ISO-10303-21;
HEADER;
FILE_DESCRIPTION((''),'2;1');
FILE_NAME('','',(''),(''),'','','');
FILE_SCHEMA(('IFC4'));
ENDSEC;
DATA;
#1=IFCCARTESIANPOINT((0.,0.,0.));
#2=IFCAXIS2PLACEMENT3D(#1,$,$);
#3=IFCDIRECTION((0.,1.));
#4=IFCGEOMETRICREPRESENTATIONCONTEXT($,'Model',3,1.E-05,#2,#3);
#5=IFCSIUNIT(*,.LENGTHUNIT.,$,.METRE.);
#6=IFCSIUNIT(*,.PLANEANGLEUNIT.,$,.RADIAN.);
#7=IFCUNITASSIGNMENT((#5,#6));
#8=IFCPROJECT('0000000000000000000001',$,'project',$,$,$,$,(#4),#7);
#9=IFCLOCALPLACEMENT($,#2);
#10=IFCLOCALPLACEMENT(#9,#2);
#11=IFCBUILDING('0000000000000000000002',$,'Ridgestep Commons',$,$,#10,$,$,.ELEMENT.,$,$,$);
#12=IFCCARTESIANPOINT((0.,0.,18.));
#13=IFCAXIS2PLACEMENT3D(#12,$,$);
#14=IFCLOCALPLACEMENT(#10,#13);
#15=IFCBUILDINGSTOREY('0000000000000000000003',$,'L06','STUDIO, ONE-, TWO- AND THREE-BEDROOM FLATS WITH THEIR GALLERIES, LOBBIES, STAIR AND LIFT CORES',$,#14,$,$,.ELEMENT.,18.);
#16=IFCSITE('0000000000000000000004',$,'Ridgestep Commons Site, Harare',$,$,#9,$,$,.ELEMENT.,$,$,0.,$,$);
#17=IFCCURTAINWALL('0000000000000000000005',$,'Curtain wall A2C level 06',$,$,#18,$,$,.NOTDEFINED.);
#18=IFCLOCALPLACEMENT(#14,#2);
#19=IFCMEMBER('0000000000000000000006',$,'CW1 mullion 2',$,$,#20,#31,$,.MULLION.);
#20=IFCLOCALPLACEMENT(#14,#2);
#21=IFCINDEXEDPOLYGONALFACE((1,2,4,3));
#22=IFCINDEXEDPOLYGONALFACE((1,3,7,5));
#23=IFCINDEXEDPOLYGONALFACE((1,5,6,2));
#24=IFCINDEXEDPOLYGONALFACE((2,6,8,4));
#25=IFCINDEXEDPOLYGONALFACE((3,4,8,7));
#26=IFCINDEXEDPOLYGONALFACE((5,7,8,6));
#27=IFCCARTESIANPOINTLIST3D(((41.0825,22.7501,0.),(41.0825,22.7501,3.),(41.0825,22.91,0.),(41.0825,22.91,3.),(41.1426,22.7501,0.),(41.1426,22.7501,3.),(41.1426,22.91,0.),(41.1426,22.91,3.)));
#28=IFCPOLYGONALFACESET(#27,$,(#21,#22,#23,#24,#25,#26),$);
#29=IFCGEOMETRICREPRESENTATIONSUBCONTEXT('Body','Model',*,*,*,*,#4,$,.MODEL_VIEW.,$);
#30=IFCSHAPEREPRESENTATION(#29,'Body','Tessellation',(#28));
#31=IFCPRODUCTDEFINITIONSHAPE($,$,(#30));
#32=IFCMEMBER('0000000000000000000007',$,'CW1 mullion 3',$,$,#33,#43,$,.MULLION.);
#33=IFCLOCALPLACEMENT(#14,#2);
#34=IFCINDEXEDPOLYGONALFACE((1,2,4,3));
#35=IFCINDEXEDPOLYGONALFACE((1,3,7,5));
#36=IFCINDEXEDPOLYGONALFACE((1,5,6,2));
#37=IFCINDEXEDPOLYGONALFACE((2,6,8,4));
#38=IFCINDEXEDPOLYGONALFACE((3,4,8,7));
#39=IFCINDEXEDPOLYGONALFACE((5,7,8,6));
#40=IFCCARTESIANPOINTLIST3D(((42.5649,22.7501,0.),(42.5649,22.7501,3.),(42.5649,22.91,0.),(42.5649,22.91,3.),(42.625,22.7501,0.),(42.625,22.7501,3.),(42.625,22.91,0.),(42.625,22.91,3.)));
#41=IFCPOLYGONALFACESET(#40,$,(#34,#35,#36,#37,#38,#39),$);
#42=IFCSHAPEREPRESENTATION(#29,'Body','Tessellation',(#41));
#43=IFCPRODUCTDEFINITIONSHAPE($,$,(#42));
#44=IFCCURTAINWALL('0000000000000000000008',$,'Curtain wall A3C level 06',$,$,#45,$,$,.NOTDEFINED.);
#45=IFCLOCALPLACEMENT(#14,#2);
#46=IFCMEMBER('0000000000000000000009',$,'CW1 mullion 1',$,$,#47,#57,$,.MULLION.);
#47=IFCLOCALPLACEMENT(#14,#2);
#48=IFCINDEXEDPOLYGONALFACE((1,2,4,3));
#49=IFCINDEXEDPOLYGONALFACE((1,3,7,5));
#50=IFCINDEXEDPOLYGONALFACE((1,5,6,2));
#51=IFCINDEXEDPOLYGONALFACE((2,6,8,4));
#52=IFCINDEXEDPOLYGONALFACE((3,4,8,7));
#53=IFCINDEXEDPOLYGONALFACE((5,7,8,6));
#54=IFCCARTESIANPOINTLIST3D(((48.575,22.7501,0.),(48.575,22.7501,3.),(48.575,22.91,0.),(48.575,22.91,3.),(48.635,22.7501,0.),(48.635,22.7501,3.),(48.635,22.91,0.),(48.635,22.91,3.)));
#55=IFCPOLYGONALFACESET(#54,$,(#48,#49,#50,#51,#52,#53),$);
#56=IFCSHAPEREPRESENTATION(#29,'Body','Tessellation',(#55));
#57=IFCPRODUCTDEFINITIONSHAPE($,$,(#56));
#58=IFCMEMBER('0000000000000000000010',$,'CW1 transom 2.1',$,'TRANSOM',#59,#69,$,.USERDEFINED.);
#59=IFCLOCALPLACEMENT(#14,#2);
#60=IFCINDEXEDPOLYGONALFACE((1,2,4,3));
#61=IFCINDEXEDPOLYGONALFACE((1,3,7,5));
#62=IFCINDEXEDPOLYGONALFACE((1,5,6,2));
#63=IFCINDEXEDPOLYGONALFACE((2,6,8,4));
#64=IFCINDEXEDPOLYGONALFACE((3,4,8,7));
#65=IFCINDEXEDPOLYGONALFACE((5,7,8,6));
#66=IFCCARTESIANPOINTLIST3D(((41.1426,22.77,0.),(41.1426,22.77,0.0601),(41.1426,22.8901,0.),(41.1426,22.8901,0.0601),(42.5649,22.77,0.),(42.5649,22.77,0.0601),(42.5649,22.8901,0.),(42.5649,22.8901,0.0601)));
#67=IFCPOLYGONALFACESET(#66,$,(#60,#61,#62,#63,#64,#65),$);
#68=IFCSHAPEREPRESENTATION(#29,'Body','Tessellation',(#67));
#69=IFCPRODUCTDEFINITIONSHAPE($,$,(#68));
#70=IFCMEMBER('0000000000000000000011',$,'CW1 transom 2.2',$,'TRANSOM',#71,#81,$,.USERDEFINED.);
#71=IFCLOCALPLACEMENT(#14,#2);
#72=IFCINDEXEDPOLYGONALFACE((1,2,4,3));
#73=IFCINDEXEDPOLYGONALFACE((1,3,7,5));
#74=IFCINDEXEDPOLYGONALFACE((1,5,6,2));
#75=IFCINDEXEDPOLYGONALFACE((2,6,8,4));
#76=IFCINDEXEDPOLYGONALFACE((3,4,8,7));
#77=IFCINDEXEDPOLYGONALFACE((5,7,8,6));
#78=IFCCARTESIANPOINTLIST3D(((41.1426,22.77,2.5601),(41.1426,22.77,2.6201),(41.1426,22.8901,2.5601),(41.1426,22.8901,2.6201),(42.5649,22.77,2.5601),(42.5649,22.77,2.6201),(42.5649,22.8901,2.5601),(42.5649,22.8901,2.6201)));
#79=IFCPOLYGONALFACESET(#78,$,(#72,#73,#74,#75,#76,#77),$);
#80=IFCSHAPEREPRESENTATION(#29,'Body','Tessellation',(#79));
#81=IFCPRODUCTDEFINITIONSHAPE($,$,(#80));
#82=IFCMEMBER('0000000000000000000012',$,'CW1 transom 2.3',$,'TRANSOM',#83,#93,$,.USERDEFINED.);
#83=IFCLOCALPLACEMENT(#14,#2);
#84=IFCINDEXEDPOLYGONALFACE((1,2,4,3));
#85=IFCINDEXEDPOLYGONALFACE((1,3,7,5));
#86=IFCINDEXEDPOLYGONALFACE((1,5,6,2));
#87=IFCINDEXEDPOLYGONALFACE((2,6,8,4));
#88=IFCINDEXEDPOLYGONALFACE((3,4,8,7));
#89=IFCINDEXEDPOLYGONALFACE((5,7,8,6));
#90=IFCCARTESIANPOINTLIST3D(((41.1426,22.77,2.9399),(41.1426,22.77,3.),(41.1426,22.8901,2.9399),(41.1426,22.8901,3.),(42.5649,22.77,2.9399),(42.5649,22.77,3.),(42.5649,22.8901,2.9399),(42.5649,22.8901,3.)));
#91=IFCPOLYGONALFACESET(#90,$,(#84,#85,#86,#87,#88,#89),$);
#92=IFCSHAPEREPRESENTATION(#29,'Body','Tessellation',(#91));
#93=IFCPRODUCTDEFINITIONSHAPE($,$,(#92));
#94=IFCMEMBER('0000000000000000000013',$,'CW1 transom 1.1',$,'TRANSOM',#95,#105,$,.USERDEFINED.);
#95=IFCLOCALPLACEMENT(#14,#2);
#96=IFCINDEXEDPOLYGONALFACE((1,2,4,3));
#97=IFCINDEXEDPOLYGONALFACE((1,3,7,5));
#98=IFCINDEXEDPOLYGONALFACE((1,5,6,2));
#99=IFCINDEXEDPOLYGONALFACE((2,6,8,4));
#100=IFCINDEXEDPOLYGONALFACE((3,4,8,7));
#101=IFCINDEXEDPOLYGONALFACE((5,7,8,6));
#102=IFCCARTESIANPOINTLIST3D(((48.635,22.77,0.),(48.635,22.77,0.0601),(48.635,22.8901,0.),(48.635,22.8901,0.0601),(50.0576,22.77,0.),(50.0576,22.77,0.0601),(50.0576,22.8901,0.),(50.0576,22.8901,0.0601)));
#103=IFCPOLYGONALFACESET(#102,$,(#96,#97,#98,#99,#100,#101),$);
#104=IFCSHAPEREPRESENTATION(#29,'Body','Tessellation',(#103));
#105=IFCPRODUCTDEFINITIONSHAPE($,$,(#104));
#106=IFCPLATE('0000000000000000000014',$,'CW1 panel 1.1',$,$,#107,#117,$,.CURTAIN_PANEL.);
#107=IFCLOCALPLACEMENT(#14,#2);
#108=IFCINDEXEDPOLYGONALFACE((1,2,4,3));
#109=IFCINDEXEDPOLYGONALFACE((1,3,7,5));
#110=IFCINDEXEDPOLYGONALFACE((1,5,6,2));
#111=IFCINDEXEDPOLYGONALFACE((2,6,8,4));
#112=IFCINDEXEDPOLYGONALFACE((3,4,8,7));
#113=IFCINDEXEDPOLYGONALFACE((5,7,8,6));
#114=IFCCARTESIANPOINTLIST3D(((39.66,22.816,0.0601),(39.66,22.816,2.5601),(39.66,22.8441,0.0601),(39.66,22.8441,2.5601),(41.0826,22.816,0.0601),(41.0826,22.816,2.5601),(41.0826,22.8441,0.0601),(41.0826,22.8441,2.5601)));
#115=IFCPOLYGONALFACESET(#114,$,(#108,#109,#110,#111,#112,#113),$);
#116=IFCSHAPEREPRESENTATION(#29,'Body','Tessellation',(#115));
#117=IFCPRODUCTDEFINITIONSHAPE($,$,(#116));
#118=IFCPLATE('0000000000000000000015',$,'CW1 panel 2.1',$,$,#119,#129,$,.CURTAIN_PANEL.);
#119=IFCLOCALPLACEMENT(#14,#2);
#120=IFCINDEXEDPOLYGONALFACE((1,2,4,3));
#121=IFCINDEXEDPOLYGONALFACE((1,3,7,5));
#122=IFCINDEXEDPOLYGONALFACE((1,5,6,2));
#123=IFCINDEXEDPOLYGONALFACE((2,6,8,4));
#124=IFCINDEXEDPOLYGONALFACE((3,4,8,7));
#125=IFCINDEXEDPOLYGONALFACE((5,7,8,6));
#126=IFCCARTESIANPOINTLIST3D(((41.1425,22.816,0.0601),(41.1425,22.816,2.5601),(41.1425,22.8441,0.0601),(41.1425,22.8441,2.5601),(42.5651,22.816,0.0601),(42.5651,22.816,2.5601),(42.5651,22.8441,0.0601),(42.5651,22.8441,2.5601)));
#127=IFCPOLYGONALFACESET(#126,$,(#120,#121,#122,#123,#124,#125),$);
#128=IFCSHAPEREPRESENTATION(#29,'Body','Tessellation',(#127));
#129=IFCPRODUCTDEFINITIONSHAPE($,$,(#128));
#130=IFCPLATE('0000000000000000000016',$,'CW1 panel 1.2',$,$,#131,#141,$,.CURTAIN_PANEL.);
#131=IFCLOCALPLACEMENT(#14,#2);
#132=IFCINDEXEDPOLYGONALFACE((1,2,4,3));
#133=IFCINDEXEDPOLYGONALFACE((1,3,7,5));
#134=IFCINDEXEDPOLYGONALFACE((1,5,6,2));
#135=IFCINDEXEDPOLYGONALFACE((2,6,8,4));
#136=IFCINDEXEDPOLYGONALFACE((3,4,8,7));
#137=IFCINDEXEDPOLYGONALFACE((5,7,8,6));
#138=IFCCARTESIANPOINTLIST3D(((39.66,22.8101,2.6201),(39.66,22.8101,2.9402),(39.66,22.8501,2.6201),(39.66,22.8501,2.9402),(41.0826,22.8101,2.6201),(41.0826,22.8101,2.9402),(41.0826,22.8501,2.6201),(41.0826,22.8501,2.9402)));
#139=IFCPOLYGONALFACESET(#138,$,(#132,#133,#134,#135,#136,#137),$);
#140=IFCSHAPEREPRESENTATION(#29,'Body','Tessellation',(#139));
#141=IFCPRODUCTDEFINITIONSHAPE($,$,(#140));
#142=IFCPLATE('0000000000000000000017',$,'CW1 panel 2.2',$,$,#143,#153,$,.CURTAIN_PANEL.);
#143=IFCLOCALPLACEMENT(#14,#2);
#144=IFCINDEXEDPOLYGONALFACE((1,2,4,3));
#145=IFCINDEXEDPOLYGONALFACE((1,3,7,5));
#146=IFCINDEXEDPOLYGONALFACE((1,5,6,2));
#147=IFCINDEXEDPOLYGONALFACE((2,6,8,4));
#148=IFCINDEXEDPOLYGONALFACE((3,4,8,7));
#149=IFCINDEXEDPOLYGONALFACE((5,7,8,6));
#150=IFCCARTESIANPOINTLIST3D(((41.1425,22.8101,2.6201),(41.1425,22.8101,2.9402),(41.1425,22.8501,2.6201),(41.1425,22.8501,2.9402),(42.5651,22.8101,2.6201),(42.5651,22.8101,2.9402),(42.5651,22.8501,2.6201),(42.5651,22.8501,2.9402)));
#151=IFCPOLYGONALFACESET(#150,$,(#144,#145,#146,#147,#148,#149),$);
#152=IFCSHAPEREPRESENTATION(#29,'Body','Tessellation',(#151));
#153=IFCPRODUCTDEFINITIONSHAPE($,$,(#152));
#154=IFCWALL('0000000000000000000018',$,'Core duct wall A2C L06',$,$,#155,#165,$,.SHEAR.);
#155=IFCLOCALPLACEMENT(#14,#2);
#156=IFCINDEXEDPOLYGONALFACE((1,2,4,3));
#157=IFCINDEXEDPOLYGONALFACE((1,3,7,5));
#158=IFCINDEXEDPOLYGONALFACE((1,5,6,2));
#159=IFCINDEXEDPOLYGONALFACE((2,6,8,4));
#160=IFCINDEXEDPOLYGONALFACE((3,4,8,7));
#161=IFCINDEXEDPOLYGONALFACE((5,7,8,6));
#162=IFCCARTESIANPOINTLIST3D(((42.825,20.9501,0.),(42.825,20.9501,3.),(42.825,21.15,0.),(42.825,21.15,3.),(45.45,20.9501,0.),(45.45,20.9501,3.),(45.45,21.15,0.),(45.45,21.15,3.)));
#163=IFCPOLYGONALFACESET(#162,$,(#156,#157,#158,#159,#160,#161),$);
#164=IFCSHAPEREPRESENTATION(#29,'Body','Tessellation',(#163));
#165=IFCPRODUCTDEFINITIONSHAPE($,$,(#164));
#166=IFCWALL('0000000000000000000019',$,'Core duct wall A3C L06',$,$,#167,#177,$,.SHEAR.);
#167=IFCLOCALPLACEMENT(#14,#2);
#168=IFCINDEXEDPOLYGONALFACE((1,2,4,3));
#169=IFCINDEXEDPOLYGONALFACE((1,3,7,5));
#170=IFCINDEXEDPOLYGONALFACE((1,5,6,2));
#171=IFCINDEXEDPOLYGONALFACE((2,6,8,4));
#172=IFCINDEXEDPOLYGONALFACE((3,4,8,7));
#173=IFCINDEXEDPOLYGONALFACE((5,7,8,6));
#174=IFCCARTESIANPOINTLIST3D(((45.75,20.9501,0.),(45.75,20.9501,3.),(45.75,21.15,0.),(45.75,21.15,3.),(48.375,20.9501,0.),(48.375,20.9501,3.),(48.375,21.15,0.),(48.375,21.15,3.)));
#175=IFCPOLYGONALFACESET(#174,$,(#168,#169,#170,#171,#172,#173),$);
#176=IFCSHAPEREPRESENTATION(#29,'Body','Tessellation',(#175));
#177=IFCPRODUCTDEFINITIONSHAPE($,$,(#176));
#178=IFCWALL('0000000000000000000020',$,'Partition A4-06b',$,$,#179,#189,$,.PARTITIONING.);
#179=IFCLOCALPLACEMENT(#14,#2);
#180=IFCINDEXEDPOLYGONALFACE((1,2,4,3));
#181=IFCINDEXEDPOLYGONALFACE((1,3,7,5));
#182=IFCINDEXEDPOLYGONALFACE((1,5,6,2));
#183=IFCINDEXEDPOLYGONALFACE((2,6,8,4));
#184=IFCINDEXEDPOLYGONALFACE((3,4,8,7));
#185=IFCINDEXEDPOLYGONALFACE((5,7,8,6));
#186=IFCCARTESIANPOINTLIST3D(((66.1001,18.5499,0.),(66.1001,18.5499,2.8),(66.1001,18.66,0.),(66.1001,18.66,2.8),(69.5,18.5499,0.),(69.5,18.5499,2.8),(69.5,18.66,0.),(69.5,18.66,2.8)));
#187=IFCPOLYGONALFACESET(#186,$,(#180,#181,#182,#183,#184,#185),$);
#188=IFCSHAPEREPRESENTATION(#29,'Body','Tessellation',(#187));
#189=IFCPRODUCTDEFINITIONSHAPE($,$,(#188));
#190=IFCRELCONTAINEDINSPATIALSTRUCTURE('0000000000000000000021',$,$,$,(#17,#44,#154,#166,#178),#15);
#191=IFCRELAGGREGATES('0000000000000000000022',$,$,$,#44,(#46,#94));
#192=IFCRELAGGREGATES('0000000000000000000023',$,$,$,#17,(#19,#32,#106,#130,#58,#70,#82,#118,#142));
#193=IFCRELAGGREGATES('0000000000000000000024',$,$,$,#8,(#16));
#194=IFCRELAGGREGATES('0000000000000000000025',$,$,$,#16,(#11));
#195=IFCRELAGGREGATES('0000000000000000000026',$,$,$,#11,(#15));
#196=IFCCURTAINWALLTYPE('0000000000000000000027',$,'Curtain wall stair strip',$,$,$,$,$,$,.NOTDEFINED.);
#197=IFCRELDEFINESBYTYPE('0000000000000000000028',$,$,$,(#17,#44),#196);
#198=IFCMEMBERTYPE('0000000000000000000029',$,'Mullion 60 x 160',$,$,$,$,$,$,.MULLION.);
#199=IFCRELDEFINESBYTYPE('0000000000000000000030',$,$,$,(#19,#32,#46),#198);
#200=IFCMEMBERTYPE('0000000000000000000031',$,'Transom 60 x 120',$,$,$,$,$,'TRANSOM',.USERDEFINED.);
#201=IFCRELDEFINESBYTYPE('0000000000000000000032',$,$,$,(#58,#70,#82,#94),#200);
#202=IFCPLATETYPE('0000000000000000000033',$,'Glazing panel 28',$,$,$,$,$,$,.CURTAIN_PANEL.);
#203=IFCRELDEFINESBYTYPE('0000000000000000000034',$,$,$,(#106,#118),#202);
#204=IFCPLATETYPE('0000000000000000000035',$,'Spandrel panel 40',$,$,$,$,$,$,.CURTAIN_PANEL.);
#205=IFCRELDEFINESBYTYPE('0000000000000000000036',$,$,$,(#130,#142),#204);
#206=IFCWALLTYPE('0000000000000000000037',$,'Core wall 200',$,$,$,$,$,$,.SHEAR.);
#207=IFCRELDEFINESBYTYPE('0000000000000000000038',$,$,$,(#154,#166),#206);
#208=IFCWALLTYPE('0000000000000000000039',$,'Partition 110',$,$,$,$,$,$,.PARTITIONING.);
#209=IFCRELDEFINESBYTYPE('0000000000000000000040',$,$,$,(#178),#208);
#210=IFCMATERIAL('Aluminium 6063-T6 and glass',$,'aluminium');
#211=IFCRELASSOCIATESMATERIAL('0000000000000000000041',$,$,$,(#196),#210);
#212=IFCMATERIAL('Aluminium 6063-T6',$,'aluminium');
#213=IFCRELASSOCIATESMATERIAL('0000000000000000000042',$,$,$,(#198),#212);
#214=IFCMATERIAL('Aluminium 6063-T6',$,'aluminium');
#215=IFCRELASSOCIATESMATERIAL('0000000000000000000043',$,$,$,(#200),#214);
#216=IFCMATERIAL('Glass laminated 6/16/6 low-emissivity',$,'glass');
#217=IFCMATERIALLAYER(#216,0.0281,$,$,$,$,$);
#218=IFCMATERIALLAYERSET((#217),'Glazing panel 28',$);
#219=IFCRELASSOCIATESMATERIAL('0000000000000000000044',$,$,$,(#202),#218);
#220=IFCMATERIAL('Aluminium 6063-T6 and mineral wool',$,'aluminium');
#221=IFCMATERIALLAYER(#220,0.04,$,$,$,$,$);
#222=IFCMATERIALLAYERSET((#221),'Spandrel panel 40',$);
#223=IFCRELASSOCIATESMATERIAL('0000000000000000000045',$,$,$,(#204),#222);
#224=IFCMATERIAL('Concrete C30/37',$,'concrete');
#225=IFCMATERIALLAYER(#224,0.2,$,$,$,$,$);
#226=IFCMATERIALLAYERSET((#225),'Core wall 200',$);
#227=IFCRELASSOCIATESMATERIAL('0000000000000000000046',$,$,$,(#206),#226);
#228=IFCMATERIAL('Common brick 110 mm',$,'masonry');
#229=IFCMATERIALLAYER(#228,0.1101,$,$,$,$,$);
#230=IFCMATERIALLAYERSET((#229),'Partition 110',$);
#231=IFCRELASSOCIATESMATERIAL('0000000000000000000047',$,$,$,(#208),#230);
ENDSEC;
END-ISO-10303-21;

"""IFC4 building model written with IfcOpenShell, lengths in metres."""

from ifc_helpers import new_model, si_unit, direction, frame, frame_2d, origin, origin_2d, place, context, subcontext, project, spatial, rectangle, extrude, material, layer, layer_set, material_profile, profile_set, type_object, element, aggregate, save


model = new_model("IFC4")

# Units and contexts
model_context = context("Model", 3, precision=1e-05, world=origin(), true_north=direction((0.0, 1.0)))
body_context = subcontext(model_context, "Body", "Model", "MODEL_VIEW")
ifc_project = project(units=[si_unit("LENGTHUNIT", "METRE"), si_unit("PLANEANGLEUNIT", "RADIAN")], contexts=[model_context])

# Site, building, storey
site_placement = place(None, origin())
site = spatial("IfcSite", under=ifc_project, at=site_placement, Name="Ridgestep Commons Site, Harare", CompositionType="ELEMENT", RefElevation=0.0)
building_placement = place(site_placement, origin())
building = spatial("IfcBuilding", under=site, at=building_placement, Name="Ridgestep Commons", CompositionType="ELEMENT")
storey_placement = place(building_placement, frame((0.0, 0.0, 18.0)))
storey = spatial("IfcBuildingStorey", under=building, at=storey_placement, Name="L06", Description="STUDIO, ONE-, TWO- AND THREE-BEDROOM FLATS WITH THEIR GALLERIES, LOBBIES, STAIR AND LIFT CORES", CompositionType="ELEMENT", Elevation=18.0)

# Curtain wall, members
ifc_material_1 = material(Name="Aluminium 6063-T6 and glass", Category="aluminium")
curtain_wall_type = type_object("IfcCurtainWallType", Name="Curtain wall stair strip", PredefinedType="NOTDEFINED", material=ifc_material_1)
curtain_wall_1_placement = place(storey_placement, origin())
curtain_wall_1 = element("IfcCurtainWall", 1, at=curtain_wall_1_placement, inside=storey, type_object=curtain_wall_type, Name="Curtain wall A2C level 06", PredefinedType="NOTDEFINED")
ifc_material_2 = material(Name="Aluminium 6063-T6", Category="aluminium")
ifc_material_profile_1 = material_profile(ifc_material_2, rectangle(XDim=0.1599, YDim=0.0601, at=origin_2d()), Name="Mullion 60 x 160")
ifc_profile_set_1 = profile_set([ifc_material_profile_1], Name="Aluminium 6063-T6")
member_type_1 = type_object("IfcMemberType", Name="Mullion 60 x 160", PredefinedType="MULLION", material=ifc_profile_set_1)
member_1_placement = place(storey_placement, frame((41.1125, 22.8301, 0.0), z_axis=(0.0, 0.0, 1.0), x_axis=(0.0, 1.0, 0.0)))
member_1 = element("IfcMember", 2, at=member_1_placement, type_object=member_type_1, Name="CW1 mullion 2", PredefinedType="MULLION", context=body_context, shape_type="SweptSolid", body=[
    extrude(rectangle(XDim=0.1599, YDim=0.0601, at=origin_2d()), origin(), (0.0, 0.0, 1.0), 3.0),
])
member_2_placement = place(storey_placement, frame((42.595, 22.8301, 0.0), z_axis=(0.0, 0.0, 1.0), x_axis=(0.0, 1.0, 0.0)))
member_2 = element("IfcMember", 3, at=member_2_placement, type_object=member_type_1, Name="CW1 mullion 3", PredefinedType="MULLION", context=body_context, shape_type="SweptSolid", body=[
    extrude(rectangle(XDim=0.1599, YDim=0.0601, at=origin_2d()), origin(), (0.0, 0.0, 1.0), 3.0),
])

# Curtain wall, member
curtain_wall_2_placement = place(storey_placement, origin())
curtain_wall_2 = element("IfcCurtainWall", 4, at=curtain_wall_2_placement, inside=storey, type_object=curtain_wall_type, Name="Curtain wall A3C level 06", PredefinedType="NOTDEFINED")
member_3_placement = place(storey_placement, frame((48.605, 22.8301, 0.0), z_axis=(0.0, 0.0, 1.0), x_axis=(0.0, 1.0, 0.0)))
member_3 = element("IfcMember", 5, at=member_3_placement, type_object=member_type_1, Name="CW1 mullion 1", PredefinedType="MULLION", context=body_context, shape_type="SweptSolid", body=[
    extrude(rectangle(XDim=0.1599, YDim=0.0601, at=origin_2d()), origin(), (0.0, 0.0, 1.0), 3.0),
])

# Members
ifc_material_3 = material(Name="Aluminium 6063-T6", Category="aluminium")
ifc_material_profile_2 = material_profile(ifc_material_3, rectangle(XDim=0.1201, YDim=0.0601, at=origin_2d()), Name="Transom 60 x 120")
ifc_profile_set_2 = profile_set([ifc_material_profile_2], Name="Aluminium 6063-T6")
member_type_2 = type_object("IfcMemberType", Name="Transom 60 x 120", ElementType="TRANSOM", PredefinedType="USERDEFINED", material=ifc_profile_set_2)
member_4_placement = place(storey_placement, frame((41.1426, 22.8301, 0.03), z_axis=(1.0, 0.0, 0.0), x_axis=(0.0, 1.0, 0.0)))
member_4 = element("IfcMember", 6, at=member_4_placement, type_object=member_type_2, Name="CW1 transom 2.1", ObjectType="TRANSOM", PredefinedType="USERDEFINED", context=body_context, shape_type="SweptSolid", body=[
    extrude(rectangle(XDim=0.1201, YDim=0.0601, at=origin_2d()), origin(), (0.0, 0.0, 1.0), 1.4224),
])
member_5_placement = place(storey_placement, frame((41.1426, 22.8301, 2.5901), z_axis=(1.0, 0.0, 0.0), x_axis=(0.0, 1.0, 0.0)))
member_5 = element("IfcMember", 7, at=member_5_placement, type_object=member_type_2, Name="CW1 transom 2.2", ObjectType="TRANSOM", PredefinedType="USERDEFINED", context=body_context, shape_type="SweptSolid", body=[
    extrude(rectangle(XDim=0.1201, YDim=0.0601, at=origin_2d()), origin(), (0.0, 0.0, 1.0), 1.4224),
])
member_6_placement = place(storey_placement, frame((41.1426, 22.8301, 2.97), z_axis=(1.0, 0.0, 0.0), x_axis=(0.0, 1.0, 0.0)))
member_6 = element("IfcMember", 8, at=member_6_placement, type_object=member_type_2, Name="CW1 transom 2.3", ObjectType="TRANSOM", PredefinedType="USERDEFINED", context=body_context, shape_type="SweptSolid", body=[
    extrude(rectangle(XDim=0.1201, YDim=0.0601, at=origin_2d()), origin(), (0.0, 0.0, 1.0), 1.4224),
])
member_7_placement = place(storey_placement, frame((48.635, 22.8301, 0.03), z_axis=(1.0, 0.0, 0.0), x_axis=(0.0, 1.0, 0.0)))
member_7 = element("IfcMember", 9, at=member_7_placement, type_object=member_type_2, Name="CW1 transom 1.1", ObjectType="TRANSOM", PredefinedType="USERDEFINED", context=body_context, shape_type="SweptSolid", body=[
    extrude(rectangle(XDim=0.1201, YDim=0.0601, at=origin_2d()), origin(), (0.0, 0.0, 1.0), 1.4226),
])
aggregate(curtain_wall_2, [member_3, member_7])

# Plates
ifc_material_4 = material(Name="Glass laminated 6/16/6 low-emissivity", Category="glass")
ifc_layer_1 = layer(ifc_material_4, 0.0281)
ifc_layer_set_1 = layer_set([ifc_layer_1], Name="Glazing panel 28")
plate_type_1 = type_object("IfcPlateType", Name="Glazing panel 28", PredefinedType="CURTAIN_PANEL", material=ifc_layer_set_1)
plate_1_placement = place(storey_placement, frame((40.3713, 22.8301, 0.0601), z_axis=(0.0, 0.0, 1.0), x_axis=(1.0, 0.0, 0.0)))
plate_1 = element("IfcPlate", 10, at=plate_1_placement, type_object=plate_type_1, Name="CW1 panel 1.1", PredefinedType="CURTAIN_PANEL", context=body_context, shape_type="SweptSolid", body=[
    extrude(rectangle(XDim=1.4226, YDim=0.0281, at=origin_2d()), origin(), (0.0, 0.0, 1.0), 2.5),
])
plate_2_placement = place(storey_placement, frame((41.8538, 22.8301, 0.0601), z_axis=(0.0, 0.0, 1.0), x_axis=(1.0, 0.0, 0.0)))
plate_2 = element("IfcPlate", 11, at=plate_2_placement, type_object=plate_type_1, Name="CW1 panel 2.1", PredefinedType="CURTAIN_PANEL", context=body_context, shape_type="SweptSolid", body=[
    extrude(rectangle(XDim=1.4226, YDim=0.0281, at=origin_2d()), origin(), (0.0, 0.0, 1.0), 2.5),
])
ifc_material_5 = material(Name="Aluminium 6063-T6 and mineral wool", Category="aluminium")
ifc_layer_2 = layer(ifc_material_5, 0.04)
ifc_layer_set_2 = layer_set([ifc_layer_2], Name="Spandrel panel 40")
plate_type_2 = type_object("IfcPlateType", Name="Spandrel panel 40", PredefinedType="CURTAIN_PANEL", material=ifc_layer_set_2)
plate_3_placement = place(storey_placement, frame((40.3713, 22.8301, 2.6201), z_axis=(0.0, 0.0, 1.0), x_axis=(1.0, 0.0, 0.0)))
plate_3 = element("IfcPlate", 12, at=plate_3_placement, type_object=plate_type_2, Name="CW1 panel 1.2", PredefinedType="CURTAIN_PANEL", context=body_context, shape_type="SweptSolid", body=[
    extrude(rectangle(XDim=1.4226, YDim=0.04, at=origin_2d()), origin(), (0.0, 0.0, 1.0), 0.3201),
])
plate_4_placement = place(storey_placement, frame((41.8538, 22.8301, 2.6201), z_axis=(0.0, 0.0, 1.0), x_axis=(1.0, 0.0, 0.0)))
plate_4 = element("IfcPlate", 13, at=plate_4_placement, type_object=plate_type_2, Name="CW1 panel 2.2", PredefinedType="CURTAIN_PANEL", context=body_context, shape_type="SweptSolid", body=[
    extrude(rectangle(XDim=1.4226, YDim=0.04, at=origin_2d()), origin(), (0.0, 0.0, 1.0), 0.3201),
])
aggregate(curtain_wall_1, [member_1, member_2, plate_1, plate_3, member_4, member_5, member_6, plate_2, plate_4])

# Walls
ifc_material_6 = material(Name="Concrete C30/37", Category="concrete")
ifc_layer_3 = layer(ifc_material_6, 0.2)
ifc_layer_set_3 = layer_set([ifc_layer_3], Name="Core wall 200")
wall_type_1 = type_object("IfcWallType", Name="Core wall 200", PredefinedType="SHEAR", material=ifc_layer_set_3)
for number, where, z_axis, x_axis, name in (
    (14, (42.825, 21.05, 0.0), (0.0, 0.0, 1.0), (1.0, 0.0, 0.0), "Core duct wall A2C L06"),
    (15, (45.75, 21.05, 0.0), (0.0, 0.0, 1.0), (1.0, 0.0, 0.0), "Core duct wall A3C L06"),
):
    element("IfcWall", number, at=place(storey_placement, frame(where, z_axis=z_axis, x_axis=x_axis)), inside=storey, type_object=wall_type_1, Name=name, PredefinedType="SHEAR", context=body_context, shape_type="SweptSolid", body=[
        extrude(rectangle(XDim=2.625, YDim=0.2, at=frame_2d((1.3125, 0.0))), origin(), (0.0, 0.0, 1.0), 3.0),
    ])
ifc_material_7 = material(Name="Common brick 110 mm", Category="masonry")
ifc_layer_4 = layer(ifc_material_7, 0.1101)
ifc_layer_set_4 = layer_set([ifc_layer_4], Name="Partition 110")
wall_type_2 = type_object("IfcWallType", Name="Partition 110", PredefinedType="PARTITIONING", material=ifc_layer_set_4)
wall_placement = place(storey_placement, frame((66.1001, 18.605, 0.0), z_axis=(0.0, 0.0, 1.0), x_axis=(1.0, 0.0, 0.0)))
element("IfcWall", 16, at=wall_placement, inside=storey, type_object=wall_type_2, Name="Partition A4-06b", PredefinedType="PARTITIONING", context=body_context, shape_type="SweptSolid", body=[
    extrude(rectangle(XDim=3.3999, YDim=0.1101, at=frame_2d((1.7, 0.0))), origin(), (0.0, 0.0, 1.0), 2.8),
])

save(model, "model.ifc")
